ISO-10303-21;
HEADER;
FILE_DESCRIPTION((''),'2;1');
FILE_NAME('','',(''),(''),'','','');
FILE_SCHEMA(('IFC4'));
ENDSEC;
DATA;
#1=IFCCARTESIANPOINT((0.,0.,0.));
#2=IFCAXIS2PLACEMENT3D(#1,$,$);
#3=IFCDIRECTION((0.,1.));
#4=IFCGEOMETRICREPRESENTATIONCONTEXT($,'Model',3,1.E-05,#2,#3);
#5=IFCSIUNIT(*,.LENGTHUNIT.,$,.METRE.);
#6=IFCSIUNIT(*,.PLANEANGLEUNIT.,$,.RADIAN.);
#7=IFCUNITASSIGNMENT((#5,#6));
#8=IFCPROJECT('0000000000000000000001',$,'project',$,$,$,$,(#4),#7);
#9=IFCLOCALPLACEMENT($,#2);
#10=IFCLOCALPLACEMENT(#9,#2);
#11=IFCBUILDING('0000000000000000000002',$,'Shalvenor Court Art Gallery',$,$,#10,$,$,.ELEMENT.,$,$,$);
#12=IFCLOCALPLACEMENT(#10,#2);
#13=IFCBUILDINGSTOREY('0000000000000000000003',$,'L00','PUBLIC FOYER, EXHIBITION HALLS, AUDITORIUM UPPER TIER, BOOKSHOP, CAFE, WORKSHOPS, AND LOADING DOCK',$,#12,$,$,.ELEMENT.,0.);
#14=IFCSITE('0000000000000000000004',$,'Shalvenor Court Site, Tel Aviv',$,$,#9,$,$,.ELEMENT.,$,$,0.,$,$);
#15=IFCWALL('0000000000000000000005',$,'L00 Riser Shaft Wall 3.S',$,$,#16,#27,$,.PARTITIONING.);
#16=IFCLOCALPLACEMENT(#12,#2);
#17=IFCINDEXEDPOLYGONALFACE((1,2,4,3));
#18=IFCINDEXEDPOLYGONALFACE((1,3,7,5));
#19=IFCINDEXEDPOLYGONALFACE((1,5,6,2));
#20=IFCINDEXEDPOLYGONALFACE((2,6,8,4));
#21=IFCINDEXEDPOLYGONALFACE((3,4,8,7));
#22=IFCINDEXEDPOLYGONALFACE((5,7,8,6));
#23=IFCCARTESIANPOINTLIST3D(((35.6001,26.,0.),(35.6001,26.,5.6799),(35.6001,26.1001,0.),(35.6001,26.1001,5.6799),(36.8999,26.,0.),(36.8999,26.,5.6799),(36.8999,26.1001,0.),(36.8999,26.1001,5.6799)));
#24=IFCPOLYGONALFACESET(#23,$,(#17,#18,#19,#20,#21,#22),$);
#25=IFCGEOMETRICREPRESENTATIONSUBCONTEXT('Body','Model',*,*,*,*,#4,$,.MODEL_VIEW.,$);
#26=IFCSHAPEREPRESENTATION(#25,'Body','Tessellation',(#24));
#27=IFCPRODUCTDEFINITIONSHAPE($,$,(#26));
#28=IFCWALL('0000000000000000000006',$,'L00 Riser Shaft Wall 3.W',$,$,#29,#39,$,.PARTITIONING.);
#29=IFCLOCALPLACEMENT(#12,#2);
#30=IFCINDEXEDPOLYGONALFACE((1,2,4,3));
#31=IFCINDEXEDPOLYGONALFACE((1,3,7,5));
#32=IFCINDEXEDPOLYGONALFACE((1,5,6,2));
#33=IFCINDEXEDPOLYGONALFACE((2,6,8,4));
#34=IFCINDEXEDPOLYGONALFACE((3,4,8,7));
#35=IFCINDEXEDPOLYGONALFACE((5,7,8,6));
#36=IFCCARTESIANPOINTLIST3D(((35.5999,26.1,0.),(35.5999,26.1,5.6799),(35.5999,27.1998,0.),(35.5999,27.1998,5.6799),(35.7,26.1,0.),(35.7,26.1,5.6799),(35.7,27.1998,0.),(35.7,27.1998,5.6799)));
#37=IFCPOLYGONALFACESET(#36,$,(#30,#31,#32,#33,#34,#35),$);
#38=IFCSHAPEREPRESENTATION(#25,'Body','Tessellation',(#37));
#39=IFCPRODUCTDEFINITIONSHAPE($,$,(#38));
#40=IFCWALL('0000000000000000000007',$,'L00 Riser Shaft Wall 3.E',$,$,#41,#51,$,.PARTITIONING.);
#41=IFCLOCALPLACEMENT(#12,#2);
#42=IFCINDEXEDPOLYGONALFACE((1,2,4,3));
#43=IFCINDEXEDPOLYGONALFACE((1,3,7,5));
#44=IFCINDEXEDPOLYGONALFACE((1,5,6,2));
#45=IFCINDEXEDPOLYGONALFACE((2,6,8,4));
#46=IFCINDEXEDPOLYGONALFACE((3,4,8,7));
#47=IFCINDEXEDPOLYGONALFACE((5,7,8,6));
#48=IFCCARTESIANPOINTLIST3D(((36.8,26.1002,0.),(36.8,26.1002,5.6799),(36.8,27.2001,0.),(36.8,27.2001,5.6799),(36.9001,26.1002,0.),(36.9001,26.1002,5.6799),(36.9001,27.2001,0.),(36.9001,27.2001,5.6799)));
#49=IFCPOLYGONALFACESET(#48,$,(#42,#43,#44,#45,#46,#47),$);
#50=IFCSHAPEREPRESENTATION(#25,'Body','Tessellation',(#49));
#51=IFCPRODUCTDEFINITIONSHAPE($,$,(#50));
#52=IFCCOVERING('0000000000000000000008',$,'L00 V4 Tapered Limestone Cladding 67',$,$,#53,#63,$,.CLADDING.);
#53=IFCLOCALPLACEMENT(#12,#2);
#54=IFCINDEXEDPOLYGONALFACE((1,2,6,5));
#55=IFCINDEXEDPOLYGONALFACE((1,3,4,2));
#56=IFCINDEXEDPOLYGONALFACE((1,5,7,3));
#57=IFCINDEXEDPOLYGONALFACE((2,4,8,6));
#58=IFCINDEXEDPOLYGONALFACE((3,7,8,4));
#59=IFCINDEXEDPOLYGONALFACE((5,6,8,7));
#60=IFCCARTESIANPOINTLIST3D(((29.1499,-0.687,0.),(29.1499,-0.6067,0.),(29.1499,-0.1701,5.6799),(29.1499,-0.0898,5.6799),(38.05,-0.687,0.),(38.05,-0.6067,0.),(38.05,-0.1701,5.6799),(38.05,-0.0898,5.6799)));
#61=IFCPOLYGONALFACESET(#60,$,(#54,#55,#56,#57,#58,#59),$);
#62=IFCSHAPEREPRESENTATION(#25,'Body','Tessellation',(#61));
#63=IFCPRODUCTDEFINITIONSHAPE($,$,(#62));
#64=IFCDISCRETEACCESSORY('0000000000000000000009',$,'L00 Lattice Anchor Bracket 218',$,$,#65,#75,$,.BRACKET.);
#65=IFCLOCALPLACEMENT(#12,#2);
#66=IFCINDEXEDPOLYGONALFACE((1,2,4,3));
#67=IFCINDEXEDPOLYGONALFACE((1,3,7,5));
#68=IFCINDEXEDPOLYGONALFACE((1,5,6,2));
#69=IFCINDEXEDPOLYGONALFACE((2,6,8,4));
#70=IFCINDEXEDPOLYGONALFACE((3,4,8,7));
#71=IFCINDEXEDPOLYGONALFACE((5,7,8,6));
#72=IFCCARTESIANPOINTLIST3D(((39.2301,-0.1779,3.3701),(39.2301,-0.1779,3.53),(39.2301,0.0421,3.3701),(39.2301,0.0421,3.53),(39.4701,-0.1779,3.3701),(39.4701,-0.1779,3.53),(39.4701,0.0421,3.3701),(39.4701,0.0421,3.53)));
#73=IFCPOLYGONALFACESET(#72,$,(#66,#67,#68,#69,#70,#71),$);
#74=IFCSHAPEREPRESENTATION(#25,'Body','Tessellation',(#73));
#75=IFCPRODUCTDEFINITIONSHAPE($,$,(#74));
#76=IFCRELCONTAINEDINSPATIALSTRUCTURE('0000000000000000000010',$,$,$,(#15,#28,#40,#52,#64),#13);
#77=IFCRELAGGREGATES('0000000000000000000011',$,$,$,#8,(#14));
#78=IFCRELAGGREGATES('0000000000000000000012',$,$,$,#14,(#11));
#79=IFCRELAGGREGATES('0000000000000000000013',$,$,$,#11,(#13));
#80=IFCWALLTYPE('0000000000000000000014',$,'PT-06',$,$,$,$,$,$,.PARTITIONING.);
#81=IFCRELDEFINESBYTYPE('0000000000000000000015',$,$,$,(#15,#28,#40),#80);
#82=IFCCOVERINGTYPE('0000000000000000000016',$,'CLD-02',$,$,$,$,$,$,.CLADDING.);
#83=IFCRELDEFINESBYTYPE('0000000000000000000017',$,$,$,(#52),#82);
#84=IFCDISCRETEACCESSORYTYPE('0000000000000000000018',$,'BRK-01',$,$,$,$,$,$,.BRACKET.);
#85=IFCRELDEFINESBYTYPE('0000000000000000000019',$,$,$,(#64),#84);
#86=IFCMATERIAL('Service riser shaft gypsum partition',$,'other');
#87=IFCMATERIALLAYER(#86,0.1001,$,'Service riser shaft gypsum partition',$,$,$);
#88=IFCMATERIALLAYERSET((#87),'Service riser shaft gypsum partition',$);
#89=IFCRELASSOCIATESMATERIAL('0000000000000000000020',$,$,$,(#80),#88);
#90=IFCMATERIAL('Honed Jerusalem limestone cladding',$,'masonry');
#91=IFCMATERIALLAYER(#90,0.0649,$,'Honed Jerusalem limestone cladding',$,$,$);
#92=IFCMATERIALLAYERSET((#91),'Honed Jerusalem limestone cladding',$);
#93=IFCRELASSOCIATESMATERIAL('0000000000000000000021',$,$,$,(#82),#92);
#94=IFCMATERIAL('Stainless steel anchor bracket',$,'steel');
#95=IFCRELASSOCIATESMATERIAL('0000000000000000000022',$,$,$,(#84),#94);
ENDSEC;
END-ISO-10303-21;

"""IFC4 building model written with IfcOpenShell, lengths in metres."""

from ifc_helpers import new_model, si_unit, direction, frame, frame_2d, origin, origin_2d, place, context, subcontext, project, spatial, polyline, rectangle, outline, extrude, material, layer, layer_set, type_object, element, save


model = new_model("IFC4")

# Units and contexts
model_context = context("Model", 3, precision=1e-05, world=origin(), true_north=direction((0.0, 1.0)))
body_context = subcontext(model_context, "Body", "Model", "MODEL_VIEW")
ifc_project = project(units=[si_unit("LENGTHUNIT", "METRE"), si_unit("PLANEANGLEUNIT", "RADIAN")], contexts=[model_context])

# Site, building, storey
site_placement = place(None, origin())
site = spatial("IfcSite", under=ifc_project, at=site_placement, Name="Shalvenor Court Site, Tel Aviv", CompositionType="ELEMENT", RefElevation=0.0)
building_placement = place(site_placement, origin())
building = spatial("IfcBuilding", under=site, at=building_placement, Name="Shalvenor Court Art Gallery", CompositionType="ELEMENT")
storey_placement = place(building_placement, origin())
storey = spatial("IfcBuildingStorey", under=building, at=storey_placement, Name="L00", Description="PUBLIC FOYER, EXHIBITION HALLS, AUDITORIUM UPPER TIER, BOOKSHOP, CAFE, WORKSHOPS, AND LOADING DOCK", CompositionType="ELEMENT", Elevation=0.0)

# Walls
ifc_material_1 = material(Name="Service riser shaft gypsum partition", Category="other")
ifc_layer_1 = layer(ifc_material_1, 0.1001, Name="Service riser shaft gypsum partition")
ifc_layer_set_1 = layer_set([ifc_layer_1], Name="Service riser shaft gypsum partition")
wall_type_1 = type_object("IfcWallType", Name="PT-06", PredefinedType="PARTITIONING", material=ifc_layer_set_1)
for number, where, z_axis, x_axis, name in (
    (1, (36.8999, 26.05, 0.0), (0.0, 0.0, 1.0), (-1.0, 0.0, 0.0), "L00 Riser Shaft Wall 3.S"),
):
    element("IfcWall", number, at=place(storey_placement, frame(where, z_axis=z_axis, x_axis=x_axis)), inside=storey, type_object=wall_type_1, Name=name, PredefinedType="PARTITIONING", context=body_context, shape_type="SweptSolid", body=[
        extrude(rectangle(XDim=1.2998, YDim=0.1001, at=frame_2d((0.6499, 0.0))), origin(), (0.0, 0.0, 1.0), 5.6799),
    ])
for number, where, z_axis, x_axis, name in (
    (2, (35.6499, 26.1001, 0.0), (0.0, 0.0, 1.0), (0.0, 1.0, 0.0), "L00 Riser Shaft Wall 3.W"),
    (3, (36.8501, 27.2, 0.0), (0.0, 0.0, 1.0), (0.0, -1.0, 0.0), "L00 Riser Shaft Wall 3.E"),
):
    element("IfcWall", number, at=place(storey_placement, frame(where, z_axis=z_axis, x_axis=x_axis)), inside=storey, type_object=wall_type_1, Name=name, PredefinedType="PARTITIONING", context=body_context, shape_type="SweptSolid", body=[
        extrude(rectangle(XDim=1.0999, YDim=0.1001, at=frame_2d((0.5498, 0.0))), origin(), (0.0, 0.0, 1.0), 5.6799),
    ])

# Covering
ifc_material_2 = material(Name="Honed Jerusalem limestone cladding", Category="masonry")
ifc_layer_2 = layer(ifc_material_2, 0.0649, Name="Honed Jerusalem limestone cladding")
ifc_layer_set_2 = layer_set([ifc_layer_2], Name="Honed Jerusalem limestone cladding")
covering_type = type_object("IfcCoveringType", Name="CLD-02", PredefinedType="CLADDING", material=ifc_layer_set_2)
covering_placement = place(storey_placement, frame((29.1499, -0.687, 0.0), z_axis=(0.0, 0.0, 1.0), x_axis=(1.0, 0.0, 0.0)))
element("IfcCovering", 4, at=covering_placement, inside=storey, type_object=covering_type, Name="L00 V4 Tapered Limestone Cladding 67", PredefinedType="CLADDING", context=body_context, shape_type="SweptSolid", body=[
    extrude(outline(polyline([(0.0, 0.0), (8.9001, 0.0), (8.9001, 5.7034), (0.0, 5.7034), (0.0, 0.0)])), frame((0.0, 0.0, 0.0), z_axis=(0.0, -0.995884, 0.090633), x_axis=(1.0, 0.0, 0.0)), (0.0, 0.090633, -0.995884), 0.0803),
])

# Discrete accessory
ifc_material_3 = material(Name="Stainless steel anchor bracket", Category="steel")
discrete_accessory_type = type_object("IfcDiscreteAccessoryType", Name="BRK-01", PredefinedType="BRACKET", material=ifc_material_3)
discrete_accessory_placement = place(storey_placement, frame((39.3501, -0.0679, 3.3701), z_axis=(0.0, 0.0, 1.0), x_axis=(-1.0, 0.0, 0.0)))
element("IfcDiscreteAccessory", 5, at=discrete_accessory_placement, inside=storey, type_object=discrete_accessory_type, Name="L00 Lattice Anchor Bracket 218", PredefinedType="BRACKET", context=body_context, shape_type="SweptSolid", body=[
    extrude(rectangle(XDim=0.24, YDim=0.22, at=origin_2d()), origin(), (0.0, 0.0, 1.0), 0.1599),
])

save(model, "model.ifc")
